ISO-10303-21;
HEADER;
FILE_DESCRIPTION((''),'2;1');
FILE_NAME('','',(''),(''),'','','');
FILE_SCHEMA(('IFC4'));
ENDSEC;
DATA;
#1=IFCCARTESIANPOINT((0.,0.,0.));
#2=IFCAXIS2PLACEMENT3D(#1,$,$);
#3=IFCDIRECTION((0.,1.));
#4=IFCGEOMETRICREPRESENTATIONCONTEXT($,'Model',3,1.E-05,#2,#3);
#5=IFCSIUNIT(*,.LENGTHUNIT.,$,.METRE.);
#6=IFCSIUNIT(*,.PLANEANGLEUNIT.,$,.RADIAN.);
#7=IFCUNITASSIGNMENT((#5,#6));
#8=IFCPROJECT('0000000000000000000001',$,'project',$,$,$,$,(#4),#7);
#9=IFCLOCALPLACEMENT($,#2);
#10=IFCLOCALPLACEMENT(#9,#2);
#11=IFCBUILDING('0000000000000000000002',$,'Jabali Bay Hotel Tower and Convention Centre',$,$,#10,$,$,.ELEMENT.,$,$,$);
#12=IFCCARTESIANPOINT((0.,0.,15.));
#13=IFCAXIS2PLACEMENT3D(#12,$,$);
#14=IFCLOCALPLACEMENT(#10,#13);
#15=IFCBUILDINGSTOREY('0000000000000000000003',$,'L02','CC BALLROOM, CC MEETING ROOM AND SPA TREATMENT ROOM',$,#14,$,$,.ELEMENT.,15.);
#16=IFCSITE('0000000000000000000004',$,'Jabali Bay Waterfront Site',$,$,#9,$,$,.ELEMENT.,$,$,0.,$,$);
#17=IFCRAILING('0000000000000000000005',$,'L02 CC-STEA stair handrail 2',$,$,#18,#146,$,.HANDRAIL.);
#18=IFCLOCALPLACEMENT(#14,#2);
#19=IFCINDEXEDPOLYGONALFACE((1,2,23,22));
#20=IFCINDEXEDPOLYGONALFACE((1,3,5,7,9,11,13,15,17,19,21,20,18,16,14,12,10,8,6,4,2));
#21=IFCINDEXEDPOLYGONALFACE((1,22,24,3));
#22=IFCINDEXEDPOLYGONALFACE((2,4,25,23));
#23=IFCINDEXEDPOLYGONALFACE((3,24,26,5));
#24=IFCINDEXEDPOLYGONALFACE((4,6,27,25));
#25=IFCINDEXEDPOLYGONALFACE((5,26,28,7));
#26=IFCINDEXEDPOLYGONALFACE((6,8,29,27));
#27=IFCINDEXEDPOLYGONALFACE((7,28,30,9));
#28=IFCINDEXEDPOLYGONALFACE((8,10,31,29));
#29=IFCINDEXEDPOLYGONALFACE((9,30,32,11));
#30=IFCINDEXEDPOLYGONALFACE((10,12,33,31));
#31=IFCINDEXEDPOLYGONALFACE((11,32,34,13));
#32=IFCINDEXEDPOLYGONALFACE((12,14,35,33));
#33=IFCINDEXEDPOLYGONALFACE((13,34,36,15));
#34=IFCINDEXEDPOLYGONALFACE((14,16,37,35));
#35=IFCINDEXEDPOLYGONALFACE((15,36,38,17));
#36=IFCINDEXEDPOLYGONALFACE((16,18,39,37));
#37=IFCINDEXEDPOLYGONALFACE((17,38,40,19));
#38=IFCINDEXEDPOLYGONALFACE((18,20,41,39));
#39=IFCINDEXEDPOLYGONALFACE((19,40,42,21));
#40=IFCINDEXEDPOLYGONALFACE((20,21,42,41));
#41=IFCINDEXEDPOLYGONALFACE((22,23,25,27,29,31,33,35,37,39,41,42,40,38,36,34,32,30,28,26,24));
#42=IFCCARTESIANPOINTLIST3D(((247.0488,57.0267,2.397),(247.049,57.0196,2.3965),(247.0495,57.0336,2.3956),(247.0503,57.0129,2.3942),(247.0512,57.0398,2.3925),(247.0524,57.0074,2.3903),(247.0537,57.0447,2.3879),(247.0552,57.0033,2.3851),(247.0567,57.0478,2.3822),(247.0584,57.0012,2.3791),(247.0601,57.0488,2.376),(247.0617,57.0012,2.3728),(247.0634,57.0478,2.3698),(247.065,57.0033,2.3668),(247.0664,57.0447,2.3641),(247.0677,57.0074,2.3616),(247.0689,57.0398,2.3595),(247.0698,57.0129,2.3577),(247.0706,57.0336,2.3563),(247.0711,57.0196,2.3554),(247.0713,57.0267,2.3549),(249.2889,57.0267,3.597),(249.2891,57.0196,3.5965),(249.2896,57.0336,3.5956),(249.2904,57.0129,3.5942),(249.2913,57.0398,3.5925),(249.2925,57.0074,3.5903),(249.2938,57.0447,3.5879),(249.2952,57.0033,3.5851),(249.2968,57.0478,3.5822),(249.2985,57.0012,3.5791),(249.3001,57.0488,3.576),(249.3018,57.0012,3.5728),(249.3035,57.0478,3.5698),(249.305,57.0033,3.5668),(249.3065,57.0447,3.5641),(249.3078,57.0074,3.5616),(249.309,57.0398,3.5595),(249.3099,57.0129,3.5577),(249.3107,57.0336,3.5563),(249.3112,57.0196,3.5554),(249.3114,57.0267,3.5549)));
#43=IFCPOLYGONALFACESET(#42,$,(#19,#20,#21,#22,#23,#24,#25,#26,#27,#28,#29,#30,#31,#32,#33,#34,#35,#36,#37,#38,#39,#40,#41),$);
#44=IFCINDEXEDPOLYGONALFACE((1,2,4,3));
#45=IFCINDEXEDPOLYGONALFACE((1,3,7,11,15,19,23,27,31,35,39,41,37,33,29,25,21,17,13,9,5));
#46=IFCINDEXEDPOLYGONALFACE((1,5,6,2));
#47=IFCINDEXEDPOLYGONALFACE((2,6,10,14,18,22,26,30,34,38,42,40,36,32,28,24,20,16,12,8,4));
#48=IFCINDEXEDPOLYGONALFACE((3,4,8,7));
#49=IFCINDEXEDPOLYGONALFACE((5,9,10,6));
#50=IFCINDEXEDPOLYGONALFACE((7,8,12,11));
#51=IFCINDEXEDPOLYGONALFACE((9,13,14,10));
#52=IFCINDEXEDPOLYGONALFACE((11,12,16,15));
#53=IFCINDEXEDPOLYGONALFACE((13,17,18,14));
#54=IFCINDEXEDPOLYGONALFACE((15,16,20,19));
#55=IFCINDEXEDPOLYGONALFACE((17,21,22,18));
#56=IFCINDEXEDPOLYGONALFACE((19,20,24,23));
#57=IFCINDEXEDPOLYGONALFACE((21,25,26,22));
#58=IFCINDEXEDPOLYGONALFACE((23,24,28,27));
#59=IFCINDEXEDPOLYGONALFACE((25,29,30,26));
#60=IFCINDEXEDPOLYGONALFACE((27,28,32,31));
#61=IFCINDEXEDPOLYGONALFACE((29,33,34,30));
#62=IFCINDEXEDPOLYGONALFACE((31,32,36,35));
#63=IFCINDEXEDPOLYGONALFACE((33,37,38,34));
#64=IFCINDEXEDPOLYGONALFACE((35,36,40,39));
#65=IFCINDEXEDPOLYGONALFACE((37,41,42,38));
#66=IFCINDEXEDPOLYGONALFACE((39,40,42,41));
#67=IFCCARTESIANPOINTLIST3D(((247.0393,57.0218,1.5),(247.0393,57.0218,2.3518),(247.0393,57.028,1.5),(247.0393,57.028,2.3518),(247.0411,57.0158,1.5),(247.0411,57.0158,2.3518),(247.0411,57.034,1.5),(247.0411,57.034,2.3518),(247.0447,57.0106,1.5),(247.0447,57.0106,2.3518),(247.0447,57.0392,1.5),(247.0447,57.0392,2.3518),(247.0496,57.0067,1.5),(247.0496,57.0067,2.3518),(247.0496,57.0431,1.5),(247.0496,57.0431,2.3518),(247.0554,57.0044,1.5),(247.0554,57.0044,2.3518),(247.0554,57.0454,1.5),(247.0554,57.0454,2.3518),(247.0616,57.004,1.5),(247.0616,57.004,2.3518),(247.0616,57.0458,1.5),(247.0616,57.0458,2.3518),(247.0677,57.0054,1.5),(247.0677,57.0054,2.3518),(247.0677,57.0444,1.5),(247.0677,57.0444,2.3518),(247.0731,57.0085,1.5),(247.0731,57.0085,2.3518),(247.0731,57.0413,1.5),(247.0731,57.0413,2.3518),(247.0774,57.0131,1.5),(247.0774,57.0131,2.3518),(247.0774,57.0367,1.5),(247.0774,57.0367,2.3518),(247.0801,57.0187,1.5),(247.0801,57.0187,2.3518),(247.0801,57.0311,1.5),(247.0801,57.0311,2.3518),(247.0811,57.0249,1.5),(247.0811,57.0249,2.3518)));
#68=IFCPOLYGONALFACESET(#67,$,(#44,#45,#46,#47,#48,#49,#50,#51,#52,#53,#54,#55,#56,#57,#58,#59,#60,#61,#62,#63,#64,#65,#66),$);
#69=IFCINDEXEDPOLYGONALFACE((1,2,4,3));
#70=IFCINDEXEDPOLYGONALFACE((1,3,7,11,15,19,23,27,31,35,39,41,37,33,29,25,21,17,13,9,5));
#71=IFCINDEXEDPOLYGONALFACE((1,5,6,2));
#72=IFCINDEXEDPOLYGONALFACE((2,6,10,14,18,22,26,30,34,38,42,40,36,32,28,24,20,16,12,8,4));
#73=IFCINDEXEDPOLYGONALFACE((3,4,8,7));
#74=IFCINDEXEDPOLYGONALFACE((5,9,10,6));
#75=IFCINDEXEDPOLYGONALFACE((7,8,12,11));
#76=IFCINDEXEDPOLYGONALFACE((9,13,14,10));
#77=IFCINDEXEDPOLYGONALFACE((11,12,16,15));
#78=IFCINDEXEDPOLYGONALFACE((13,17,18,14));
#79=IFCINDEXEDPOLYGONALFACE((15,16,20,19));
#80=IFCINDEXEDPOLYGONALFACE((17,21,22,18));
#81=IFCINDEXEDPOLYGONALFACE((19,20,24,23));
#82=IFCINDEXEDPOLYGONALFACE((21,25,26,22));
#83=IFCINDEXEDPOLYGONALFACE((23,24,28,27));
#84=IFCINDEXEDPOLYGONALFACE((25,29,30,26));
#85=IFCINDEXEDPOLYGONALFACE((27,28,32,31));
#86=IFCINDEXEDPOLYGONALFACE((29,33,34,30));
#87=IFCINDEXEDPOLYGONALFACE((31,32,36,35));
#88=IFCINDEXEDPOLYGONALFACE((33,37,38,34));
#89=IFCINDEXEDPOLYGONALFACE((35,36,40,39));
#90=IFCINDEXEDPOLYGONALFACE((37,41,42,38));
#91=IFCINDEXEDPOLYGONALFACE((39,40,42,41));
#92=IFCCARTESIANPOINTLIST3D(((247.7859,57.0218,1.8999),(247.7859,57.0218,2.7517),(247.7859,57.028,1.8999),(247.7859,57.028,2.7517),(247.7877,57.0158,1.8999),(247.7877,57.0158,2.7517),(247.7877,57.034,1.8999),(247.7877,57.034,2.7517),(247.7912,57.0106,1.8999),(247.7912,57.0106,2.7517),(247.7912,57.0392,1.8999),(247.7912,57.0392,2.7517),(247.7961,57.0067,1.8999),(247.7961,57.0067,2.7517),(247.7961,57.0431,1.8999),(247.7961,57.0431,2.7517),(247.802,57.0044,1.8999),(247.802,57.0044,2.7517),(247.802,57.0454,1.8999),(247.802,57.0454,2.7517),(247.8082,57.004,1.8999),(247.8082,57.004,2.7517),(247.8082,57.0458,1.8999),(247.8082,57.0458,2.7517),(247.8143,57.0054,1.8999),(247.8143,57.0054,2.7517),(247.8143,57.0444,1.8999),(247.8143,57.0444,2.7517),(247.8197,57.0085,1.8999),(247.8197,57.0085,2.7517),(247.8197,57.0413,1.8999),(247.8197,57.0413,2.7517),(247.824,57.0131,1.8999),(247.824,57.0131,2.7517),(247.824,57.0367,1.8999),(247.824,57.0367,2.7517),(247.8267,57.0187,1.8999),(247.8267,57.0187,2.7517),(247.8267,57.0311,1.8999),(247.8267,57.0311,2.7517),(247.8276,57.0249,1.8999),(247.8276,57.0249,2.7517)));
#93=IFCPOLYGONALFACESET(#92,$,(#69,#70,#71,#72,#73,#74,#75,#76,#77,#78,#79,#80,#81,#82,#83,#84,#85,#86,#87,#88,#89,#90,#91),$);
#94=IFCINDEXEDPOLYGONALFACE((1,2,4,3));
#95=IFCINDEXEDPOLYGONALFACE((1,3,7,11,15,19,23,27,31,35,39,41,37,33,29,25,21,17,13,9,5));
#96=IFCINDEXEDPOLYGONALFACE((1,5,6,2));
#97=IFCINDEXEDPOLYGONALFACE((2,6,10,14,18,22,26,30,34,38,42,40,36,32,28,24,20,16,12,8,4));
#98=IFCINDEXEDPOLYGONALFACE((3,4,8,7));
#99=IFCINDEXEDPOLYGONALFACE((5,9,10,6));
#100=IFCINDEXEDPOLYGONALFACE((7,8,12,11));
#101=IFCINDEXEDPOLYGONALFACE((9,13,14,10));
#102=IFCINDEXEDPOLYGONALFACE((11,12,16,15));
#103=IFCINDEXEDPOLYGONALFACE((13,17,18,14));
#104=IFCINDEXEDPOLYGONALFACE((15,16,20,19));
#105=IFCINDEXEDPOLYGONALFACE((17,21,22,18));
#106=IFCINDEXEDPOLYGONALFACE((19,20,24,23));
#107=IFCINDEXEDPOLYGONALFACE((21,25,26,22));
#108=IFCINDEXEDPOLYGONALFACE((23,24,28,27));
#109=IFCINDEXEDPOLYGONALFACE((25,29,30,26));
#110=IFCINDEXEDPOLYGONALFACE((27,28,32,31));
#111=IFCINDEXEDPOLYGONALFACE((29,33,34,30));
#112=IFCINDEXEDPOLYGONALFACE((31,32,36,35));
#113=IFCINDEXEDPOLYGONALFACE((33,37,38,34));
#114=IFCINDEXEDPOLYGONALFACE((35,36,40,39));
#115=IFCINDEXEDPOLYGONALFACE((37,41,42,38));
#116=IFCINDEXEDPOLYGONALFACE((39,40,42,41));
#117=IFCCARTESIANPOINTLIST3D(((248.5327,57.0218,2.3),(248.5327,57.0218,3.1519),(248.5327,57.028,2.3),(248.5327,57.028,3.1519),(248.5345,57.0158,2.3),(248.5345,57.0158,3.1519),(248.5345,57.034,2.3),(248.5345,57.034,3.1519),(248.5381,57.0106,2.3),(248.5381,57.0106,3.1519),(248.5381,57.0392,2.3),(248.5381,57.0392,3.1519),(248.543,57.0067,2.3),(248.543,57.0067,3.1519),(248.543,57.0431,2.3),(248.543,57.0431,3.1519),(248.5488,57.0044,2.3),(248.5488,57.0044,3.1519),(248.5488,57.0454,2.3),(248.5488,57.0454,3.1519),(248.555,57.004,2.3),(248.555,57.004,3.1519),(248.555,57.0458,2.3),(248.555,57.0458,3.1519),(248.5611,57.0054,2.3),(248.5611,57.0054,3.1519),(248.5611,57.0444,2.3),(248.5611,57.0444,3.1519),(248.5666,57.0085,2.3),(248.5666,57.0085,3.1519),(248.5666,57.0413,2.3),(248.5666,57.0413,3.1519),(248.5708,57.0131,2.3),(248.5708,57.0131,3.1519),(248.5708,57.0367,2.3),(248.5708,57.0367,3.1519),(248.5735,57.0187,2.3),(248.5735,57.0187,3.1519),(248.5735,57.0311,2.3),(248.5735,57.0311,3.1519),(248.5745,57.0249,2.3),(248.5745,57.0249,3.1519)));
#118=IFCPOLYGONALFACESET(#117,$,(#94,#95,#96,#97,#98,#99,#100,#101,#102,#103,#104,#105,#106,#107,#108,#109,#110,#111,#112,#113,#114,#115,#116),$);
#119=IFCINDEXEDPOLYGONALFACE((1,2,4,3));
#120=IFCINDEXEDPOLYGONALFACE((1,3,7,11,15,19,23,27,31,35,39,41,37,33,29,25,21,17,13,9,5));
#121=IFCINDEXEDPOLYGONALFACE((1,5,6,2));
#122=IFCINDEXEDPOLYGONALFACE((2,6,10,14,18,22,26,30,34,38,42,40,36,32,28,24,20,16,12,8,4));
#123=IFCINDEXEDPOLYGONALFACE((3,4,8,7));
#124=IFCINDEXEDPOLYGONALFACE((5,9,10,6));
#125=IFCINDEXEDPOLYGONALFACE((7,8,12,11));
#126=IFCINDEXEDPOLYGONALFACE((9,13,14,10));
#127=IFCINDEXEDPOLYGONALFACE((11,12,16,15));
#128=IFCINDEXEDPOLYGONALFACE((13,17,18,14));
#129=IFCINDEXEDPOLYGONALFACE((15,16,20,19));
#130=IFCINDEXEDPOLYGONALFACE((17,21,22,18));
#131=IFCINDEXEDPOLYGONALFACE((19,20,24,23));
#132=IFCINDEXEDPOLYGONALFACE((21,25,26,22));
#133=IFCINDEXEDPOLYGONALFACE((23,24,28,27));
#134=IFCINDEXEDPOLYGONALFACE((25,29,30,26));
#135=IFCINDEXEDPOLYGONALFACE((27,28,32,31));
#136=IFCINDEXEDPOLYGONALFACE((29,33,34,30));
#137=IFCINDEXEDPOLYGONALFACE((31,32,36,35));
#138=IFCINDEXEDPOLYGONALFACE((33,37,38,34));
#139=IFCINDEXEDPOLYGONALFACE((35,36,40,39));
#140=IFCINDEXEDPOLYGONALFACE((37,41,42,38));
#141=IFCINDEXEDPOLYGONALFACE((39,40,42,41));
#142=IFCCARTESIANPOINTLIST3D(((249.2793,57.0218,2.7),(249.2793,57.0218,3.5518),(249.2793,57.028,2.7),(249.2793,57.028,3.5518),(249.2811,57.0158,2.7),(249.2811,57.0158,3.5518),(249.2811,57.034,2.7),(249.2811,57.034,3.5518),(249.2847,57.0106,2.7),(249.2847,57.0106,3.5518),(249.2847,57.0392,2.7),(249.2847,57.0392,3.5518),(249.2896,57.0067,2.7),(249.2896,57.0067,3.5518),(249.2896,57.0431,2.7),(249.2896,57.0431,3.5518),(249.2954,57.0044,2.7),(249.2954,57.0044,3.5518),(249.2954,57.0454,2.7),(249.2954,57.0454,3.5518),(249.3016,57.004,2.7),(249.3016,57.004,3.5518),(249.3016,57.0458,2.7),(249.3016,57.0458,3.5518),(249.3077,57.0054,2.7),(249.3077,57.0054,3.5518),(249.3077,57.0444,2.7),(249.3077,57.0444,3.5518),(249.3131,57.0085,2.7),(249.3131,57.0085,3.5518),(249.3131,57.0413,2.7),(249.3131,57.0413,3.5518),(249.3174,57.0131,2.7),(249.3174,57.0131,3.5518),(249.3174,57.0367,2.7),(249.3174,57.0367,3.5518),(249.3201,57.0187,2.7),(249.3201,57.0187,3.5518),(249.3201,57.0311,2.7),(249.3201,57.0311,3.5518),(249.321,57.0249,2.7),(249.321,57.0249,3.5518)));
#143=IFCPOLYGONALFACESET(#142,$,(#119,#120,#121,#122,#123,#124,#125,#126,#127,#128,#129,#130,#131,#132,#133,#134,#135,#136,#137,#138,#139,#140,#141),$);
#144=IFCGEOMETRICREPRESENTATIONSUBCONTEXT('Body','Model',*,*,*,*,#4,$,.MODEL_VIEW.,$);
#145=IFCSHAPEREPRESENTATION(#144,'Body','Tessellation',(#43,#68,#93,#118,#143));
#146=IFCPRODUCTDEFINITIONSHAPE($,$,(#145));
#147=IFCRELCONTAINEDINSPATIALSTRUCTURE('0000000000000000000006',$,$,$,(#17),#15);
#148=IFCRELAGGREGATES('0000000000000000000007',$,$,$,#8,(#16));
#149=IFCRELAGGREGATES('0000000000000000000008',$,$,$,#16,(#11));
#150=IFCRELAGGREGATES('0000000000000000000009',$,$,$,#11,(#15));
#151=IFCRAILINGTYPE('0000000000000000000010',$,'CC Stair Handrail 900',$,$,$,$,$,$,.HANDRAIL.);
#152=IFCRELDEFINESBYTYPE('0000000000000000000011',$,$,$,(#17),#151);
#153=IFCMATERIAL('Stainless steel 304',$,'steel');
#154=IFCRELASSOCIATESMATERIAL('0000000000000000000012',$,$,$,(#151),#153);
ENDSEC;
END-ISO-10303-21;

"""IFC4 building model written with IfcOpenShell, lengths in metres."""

from ifc_helpers import new_model, si_unit, direction, frame, origin, origin_2d, place, context, subcontext, project, spatial, circle, extrude, material, type_object, element, save


model = new_model("IFC4")

# Units and contexts
model_context = context("Model", 3, precision=1e-05, world=origin(), true_north=direction((0.0, 1.0)))
body_context = subcontext(model_context, "Body", "Model", "MODEL_VIEW")
ifc_project = project(units=[si_unit("LENGTHUNIT", "METRE"), si_unit("PLANEANGLEUNIT", "RADIAN")], contexts=[model_context])

# Site, building, storey
site_placement = place(None, origin())
site = spatial("IfcSite", under=ifc_project, at=site_placement, Name="Jabali Bay Waterfront Site", CompositionType="ELEMENT", RefElevation=0.0)
building_placement = place(site_placement, origin())
building = spatial("IfcBuilding", under=site, at=building_placement, Name="Jabali Bay Hotel Tower and Convention Centre", CompositionType="ELEMENT")
storey_placement = place(building_placement, frame((0.0, 0.0, 15.0)))
storey = spatial("IfcBuildingStorey", under=building, at=storey_placement, Name="L02", Description="CC BALLROOM, CC MEETING ROOM AND SPA TREATMENT ROOM", CompositionType="ELEMENT", Elevation=15.0)

# Railing
ifc_material_1 = material(Name="Stainless steel 304", Category="steel")
railing_type_1 = type_object("IfcRailingType", Name="CC Stair Handrail 900", PredefinedType="HANDRAIL", material=ifc_material_1)
for number, where, name in (
    (1, (247.0601, 57.0249, 1.5), "L02 CC-STEA stair handrail 2"),
):
    element("IfcRailing", number, at=place(storey_placement, frame(where)), inside=storey, type_object=railing_type_1, Name=name, PredefinedType="HANDRAIL", context=body_context, shape_type="SweptSolid", body=[
        extrude(circle(Radius=0.0239, at=origin_2d()), frame((0.0, 0.0, 0.876), z_axis=(0.881487, 0.0, 0.472208), x_axis=(0.0, 1.0, 0.0)), (0.0, 0.0, 1.0), 2.5413),
        extrude(circle(Radius=0.021, at=origin_2d()), origin(), (0.0, 0.0, 1.0), 0.8518),
        extrude(circle(Radius=0.021, at=origin_2d()), frame((0.7466, 0.0, 0.3999)), (0.0, 0.0, 1.0), 0.8518),
        extrude(circle(Radius=0.021, at=origin_2d()), frame((1.4934, 0.0, 0.8)), (0.0, 0.0, 1.0), 0.8518),
        extrude(circle(Radius=0.021, at=origin_2d()), frame((2.24, 0.0, 1.2)), (0.0, 0.0, 1.0), 0.8518),
    ])

save(model, "model.ifc")
